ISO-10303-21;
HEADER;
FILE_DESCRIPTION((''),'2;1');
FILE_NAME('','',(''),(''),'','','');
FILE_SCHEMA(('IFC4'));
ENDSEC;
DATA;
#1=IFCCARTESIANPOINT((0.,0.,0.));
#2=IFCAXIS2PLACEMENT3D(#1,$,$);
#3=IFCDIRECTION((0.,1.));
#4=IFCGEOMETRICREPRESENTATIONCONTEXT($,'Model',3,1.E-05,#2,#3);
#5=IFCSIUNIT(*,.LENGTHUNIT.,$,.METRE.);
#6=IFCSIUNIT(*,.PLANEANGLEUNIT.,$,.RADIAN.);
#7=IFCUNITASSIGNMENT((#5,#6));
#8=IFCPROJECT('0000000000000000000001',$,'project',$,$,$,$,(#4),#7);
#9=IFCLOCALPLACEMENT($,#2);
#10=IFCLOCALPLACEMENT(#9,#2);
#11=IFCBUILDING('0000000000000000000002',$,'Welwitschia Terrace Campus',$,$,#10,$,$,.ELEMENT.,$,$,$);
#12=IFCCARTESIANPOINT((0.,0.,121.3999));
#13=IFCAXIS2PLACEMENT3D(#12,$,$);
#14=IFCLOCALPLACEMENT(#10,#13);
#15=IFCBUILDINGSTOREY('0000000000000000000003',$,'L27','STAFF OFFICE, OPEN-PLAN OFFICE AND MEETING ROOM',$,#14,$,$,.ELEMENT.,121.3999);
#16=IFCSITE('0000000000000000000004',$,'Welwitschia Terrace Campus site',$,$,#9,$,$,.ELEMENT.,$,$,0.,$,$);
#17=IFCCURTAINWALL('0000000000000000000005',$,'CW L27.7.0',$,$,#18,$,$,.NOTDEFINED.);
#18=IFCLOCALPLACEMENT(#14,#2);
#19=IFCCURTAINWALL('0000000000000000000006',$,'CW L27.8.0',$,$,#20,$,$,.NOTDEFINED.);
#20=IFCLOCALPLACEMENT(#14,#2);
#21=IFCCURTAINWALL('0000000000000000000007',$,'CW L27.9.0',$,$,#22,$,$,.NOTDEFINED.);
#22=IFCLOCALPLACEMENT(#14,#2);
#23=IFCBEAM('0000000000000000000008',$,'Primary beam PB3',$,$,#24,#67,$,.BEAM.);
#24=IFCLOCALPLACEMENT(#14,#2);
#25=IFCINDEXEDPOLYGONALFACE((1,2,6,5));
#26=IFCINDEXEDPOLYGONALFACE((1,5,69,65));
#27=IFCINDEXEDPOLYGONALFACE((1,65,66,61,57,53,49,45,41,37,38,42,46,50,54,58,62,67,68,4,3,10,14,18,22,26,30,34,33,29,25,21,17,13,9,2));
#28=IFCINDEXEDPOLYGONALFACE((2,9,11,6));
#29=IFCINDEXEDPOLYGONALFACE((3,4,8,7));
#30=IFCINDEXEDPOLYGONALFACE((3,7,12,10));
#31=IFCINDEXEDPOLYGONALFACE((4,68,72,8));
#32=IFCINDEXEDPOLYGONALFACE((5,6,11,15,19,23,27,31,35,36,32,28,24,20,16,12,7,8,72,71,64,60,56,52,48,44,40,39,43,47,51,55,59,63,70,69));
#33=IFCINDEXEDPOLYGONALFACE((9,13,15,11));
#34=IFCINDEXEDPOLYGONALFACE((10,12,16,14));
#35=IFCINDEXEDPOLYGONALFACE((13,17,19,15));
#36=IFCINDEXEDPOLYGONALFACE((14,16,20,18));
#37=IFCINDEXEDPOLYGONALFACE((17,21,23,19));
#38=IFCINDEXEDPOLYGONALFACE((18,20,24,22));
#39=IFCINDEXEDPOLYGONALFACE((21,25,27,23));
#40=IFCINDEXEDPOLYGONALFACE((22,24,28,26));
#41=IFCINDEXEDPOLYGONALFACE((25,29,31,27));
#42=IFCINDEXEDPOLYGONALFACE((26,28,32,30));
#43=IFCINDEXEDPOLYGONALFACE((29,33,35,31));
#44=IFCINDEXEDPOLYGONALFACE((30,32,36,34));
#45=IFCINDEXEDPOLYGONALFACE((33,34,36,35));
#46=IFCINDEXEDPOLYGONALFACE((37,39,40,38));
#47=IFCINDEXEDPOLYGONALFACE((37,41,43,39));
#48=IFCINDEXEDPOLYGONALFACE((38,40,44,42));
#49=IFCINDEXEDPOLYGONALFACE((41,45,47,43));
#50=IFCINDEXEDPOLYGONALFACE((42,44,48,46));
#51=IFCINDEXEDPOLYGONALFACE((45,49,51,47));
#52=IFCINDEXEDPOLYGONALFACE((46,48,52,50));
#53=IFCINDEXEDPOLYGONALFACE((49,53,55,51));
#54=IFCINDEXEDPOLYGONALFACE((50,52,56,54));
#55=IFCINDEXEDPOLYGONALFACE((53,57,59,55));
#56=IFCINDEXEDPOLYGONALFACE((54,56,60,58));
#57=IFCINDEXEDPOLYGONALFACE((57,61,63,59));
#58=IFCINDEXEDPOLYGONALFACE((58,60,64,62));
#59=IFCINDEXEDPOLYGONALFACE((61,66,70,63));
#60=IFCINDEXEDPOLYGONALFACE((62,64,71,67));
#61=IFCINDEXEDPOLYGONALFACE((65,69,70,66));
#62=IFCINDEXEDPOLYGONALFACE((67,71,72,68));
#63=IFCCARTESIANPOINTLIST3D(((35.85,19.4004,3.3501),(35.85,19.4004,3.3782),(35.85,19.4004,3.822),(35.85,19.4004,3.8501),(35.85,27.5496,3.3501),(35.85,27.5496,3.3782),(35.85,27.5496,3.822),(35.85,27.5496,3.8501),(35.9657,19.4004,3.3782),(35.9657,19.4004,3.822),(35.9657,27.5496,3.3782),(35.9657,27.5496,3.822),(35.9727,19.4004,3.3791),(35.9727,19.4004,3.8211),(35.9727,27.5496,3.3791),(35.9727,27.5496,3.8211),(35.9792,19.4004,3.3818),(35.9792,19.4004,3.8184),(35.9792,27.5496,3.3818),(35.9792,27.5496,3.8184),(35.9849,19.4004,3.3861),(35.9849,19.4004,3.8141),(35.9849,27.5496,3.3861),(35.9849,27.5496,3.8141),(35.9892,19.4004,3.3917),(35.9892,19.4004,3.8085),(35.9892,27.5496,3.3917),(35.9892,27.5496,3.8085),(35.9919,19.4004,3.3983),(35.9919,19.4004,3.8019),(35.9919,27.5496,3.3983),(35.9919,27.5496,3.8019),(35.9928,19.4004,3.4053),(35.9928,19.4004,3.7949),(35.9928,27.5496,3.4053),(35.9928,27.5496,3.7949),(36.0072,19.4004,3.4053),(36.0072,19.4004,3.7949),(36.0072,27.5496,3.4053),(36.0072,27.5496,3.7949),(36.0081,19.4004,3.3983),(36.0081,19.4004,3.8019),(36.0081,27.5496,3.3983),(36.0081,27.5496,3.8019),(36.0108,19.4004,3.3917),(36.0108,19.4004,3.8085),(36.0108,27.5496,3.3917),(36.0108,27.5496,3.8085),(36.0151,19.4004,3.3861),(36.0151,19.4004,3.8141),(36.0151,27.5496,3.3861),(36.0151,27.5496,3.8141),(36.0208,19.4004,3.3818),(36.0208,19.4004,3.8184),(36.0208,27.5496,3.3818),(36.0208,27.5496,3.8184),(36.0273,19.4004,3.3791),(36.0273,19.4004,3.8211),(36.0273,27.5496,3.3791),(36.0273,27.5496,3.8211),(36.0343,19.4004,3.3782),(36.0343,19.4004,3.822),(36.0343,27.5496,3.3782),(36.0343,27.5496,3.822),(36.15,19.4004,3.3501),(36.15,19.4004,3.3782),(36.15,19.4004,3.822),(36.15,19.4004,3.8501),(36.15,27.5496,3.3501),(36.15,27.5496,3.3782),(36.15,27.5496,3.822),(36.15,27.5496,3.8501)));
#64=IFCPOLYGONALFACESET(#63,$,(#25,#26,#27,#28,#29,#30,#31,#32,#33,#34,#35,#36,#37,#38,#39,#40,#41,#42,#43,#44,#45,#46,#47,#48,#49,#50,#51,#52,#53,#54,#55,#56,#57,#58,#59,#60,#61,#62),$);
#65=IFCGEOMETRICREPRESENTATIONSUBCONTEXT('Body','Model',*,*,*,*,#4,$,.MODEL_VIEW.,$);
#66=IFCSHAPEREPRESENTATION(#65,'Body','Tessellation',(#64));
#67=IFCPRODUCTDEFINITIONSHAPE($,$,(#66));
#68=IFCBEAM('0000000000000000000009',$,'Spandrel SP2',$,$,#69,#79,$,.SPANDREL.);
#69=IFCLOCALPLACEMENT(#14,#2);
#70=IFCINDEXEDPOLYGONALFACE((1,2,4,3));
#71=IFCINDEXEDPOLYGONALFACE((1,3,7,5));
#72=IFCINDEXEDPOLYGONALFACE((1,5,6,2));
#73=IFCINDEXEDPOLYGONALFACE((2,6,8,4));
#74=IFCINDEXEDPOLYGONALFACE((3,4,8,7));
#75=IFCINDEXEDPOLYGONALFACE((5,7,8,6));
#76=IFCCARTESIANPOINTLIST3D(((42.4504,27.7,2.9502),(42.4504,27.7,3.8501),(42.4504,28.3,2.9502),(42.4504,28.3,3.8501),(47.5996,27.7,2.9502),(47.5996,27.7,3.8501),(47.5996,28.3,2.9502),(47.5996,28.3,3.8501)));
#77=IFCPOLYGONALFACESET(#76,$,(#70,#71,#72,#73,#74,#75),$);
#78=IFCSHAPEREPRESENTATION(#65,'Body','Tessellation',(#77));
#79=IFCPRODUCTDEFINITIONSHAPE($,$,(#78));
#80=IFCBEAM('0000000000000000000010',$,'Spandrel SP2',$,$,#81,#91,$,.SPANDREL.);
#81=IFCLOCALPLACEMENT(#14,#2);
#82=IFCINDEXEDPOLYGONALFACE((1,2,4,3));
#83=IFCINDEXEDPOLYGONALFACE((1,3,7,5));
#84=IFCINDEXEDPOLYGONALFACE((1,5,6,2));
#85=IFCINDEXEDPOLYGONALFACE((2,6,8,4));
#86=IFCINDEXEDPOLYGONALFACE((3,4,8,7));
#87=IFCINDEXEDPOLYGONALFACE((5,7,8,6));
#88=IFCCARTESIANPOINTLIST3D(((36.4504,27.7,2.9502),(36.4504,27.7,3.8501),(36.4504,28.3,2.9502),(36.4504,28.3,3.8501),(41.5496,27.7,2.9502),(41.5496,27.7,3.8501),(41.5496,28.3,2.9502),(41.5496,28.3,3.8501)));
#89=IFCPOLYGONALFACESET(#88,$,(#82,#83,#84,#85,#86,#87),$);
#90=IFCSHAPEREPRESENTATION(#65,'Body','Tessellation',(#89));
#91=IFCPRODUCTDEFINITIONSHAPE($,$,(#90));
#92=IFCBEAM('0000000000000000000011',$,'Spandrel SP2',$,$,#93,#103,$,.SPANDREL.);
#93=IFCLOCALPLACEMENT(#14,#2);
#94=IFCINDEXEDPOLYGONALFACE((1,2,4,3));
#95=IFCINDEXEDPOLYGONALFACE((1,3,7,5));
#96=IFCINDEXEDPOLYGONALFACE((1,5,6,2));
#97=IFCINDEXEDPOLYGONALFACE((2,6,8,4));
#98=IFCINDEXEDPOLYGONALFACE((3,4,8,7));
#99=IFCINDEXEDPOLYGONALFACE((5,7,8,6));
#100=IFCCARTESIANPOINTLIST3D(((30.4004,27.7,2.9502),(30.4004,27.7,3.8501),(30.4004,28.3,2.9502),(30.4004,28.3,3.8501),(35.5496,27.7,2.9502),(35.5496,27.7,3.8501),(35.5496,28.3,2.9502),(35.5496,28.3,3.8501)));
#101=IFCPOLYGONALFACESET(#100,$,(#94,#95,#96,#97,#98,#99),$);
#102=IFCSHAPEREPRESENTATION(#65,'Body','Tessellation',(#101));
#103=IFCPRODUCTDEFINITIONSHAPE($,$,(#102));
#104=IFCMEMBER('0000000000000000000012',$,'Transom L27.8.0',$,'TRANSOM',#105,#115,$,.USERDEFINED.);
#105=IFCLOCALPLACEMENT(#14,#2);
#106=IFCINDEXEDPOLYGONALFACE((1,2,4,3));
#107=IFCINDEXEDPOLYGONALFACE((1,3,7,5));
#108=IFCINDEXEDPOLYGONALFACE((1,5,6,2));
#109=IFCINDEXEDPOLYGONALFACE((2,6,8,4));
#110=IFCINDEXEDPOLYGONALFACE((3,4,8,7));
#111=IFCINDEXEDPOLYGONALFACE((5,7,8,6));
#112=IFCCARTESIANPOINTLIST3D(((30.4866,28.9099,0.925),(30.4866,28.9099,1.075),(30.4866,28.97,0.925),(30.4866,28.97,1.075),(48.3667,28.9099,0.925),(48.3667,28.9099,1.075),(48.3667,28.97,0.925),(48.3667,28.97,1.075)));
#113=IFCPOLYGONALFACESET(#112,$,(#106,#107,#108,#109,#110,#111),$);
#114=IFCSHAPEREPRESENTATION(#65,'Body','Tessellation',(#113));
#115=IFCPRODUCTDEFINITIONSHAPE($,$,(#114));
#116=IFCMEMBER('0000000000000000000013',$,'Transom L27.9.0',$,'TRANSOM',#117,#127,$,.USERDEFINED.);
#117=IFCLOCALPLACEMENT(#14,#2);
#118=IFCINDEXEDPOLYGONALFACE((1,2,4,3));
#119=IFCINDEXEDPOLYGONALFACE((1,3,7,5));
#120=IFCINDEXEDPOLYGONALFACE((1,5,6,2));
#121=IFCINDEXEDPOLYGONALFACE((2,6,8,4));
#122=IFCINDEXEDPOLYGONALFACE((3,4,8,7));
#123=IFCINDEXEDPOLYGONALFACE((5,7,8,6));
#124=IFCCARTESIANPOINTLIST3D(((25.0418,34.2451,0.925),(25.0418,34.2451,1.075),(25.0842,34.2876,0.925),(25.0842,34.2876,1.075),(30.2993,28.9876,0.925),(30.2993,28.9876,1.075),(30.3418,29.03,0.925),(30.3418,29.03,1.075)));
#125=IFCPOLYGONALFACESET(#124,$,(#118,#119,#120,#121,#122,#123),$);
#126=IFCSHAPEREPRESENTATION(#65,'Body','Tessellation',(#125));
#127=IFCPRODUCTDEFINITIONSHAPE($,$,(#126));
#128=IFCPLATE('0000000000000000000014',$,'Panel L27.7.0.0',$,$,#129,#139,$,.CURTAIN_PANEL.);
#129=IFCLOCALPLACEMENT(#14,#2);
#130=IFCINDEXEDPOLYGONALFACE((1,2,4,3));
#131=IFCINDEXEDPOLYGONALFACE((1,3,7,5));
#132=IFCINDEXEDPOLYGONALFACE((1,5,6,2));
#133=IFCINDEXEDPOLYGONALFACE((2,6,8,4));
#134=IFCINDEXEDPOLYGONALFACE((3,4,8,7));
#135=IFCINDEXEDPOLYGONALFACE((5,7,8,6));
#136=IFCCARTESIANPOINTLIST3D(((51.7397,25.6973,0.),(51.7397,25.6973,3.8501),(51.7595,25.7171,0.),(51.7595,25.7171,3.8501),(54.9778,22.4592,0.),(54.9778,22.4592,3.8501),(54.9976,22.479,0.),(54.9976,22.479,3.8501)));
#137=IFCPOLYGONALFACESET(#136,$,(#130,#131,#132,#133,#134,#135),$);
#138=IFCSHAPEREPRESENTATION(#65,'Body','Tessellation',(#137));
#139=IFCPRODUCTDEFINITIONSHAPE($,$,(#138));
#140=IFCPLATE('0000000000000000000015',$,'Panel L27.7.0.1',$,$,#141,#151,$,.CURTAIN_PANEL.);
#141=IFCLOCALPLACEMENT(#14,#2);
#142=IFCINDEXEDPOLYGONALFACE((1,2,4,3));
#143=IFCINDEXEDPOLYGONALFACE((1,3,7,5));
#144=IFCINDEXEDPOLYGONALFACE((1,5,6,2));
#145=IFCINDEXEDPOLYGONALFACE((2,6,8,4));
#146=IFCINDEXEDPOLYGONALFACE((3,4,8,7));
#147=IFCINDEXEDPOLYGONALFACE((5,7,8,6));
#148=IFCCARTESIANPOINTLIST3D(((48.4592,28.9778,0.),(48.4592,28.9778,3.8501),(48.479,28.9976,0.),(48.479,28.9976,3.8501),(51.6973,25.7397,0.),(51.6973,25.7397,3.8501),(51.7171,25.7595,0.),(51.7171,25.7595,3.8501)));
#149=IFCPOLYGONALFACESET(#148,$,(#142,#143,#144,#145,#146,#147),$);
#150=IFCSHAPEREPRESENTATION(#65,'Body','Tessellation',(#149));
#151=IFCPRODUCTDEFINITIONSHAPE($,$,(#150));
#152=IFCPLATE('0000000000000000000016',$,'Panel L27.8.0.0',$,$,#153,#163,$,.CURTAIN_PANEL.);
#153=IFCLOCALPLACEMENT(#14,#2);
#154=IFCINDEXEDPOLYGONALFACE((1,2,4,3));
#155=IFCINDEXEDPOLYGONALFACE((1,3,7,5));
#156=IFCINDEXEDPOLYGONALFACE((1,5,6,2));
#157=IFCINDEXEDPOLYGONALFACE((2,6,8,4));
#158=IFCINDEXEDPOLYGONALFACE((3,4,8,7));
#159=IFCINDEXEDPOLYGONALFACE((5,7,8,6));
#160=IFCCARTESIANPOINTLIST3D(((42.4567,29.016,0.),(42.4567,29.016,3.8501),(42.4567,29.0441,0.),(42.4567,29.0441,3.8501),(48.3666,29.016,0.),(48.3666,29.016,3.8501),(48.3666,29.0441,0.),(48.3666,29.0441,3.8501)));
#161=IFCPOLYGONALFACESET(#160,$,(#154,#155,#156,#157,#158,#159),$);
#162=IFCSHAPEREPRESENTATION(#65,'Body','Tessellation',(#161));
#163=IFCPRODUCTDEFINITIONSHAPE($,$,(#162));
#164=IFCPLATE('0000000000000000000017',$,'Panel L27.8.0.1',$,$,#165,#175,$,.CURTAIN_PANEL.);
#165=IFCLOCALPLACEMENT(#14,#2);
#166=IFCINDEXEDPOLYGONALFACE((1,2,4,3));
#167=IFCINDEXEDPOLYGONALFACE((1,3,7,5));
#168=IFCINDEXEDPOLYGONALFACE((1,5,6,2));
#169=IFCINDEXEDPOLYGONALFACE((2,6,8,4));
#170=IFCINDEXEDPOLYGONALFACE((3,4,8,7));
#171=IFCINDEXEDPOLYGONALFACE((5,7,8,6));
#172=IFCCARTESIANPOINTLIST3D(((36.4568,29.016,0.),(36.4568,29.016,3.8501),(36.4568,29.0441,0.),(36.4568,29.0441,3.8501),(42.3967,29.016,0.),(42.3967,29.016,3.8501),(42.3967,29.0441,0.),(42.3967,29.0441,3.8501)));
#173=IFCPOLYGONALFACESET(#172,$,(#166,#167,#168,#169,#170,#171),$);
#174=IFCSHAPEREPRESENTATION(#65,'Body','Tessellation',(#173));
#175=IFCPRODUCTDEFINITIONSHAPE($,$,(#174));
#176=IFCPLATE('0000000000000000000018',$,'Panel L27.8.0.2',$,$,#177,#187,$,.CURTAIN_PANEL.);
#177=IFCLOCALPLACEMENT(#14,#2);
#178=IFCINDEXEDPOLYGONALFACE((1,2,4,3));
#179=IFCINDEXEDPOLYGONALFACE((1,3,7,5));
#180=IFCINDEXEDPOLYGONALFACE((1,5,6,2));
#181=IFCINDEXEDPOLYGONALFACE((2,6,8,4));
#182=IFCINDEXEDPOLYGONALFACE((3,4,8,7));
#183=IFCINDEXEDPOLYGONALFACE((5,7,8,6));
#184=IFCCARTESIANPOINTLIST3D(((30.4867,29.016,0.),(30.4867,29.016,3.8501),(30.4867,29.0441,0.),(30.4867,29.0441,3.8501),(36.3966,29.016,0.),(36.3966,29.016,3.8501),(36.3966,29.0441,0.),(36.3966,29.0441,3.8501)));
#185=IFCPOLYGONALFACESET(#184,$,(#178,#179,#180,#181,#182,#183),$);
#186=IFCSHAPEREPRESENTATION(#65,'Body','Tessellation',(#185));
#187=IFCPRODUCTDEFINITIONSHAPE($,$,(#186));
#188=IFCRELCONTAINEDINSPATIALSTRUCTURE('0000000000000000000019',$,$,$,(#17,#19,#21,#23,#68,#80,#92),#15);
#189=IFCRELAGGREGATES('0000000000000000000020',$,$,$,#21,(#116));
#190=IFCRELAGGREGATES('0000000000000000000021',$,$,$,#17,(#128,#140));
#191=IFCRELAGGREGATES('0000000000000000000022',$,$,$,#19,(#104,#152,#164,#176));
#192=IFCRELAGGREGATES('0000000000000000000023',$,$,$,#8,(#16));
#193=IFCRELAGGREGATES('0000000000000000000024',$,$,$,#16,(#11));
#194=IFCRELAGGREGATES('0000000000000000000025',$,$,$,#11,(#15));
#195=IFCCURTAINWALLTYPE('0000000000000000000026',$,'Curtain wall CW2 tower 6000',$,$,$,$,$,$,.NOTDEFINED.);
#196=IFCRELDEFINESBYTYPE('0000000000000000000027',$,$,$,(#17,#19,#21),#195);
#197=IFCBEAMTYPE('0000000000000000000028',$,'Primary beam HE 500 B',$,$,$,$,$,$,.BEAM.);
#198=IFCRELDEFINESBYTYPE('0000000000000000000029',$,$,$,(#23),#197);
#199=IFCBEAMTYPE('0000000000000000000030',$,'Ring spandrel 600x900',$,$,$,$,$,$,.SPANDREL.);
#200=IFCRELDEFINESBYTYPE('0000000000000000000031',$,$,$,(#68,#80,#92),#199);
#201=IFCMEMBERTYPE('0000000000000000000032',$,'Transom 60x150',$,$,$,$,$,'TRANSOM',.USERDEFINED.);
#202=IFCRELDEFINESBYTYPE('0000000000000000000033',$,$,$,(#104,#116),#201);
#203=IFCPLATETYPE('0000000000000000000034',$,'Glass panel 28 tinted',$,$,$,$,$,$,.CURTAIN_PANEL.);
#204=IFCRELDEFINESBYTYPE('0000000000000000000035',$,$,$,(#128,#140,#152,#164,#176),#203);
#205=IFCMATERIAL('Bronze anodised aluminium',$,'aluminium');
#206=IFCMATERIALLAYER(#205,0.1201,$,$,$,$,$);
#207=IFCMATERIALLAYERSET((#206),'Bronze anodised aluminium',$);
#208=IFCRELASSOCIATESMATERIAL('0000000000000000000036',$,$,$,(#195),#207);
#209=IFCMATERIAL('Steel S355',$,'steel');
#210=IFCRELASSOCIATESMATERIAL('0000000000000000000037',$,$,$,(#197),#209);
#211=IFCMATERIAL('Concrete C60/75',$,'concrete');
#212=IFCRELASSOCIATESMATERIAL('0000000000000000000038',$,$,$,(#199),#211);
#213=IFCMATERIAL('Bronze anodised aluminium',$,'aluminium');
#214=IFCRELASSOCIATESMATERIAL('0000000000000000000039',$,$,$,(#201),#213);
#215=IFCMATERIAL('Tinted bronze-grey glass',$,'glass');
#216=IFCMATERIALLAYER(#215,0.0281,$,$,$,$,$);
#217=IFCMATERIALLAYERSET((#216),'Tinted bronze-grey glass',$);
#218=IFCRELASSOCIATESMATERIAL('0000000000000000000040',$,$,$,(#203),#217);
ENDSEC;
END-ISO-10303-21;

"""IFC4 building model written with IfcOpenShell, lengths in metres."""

from ifc_helpers import new_model, si_unit, direction, frame, origin, origin_2d, place, context, subcontext, project, spatial, rectangle, i_section, extrude, material, layer, layer_set, material_profile, profile_set, type_object, element, aggregate, save


model = new_model("IFC4")

# Units and contexts
model_context = context("Model", 3, precision=1e-05, world=origin(), true_north=direction((0.0, 1.0)))
body_context = subcontext(model_context, "Body", "Model", "MODEL_VIEW")
ifc_project = project(units=[si_unit("LENGTHUNIT", "METRE"), si_unit("PLANEANGLEUNIT", "RADIAN")], contexts=[model_context])

# Site, building, storey
site_placement = place(None, origin())
site = spatial("IfcSite", under=ifc_project, at=site_placement, Name="Welwitschia Terrace Campus site", CompositionType="ELEMENT", RefElevation=0.0)
building_placement = place(site_placement, origin())
building = spatial("IfcBuilding", under=site, at=building_placement, Name="Welwitschia Terrace Campus", CompositionType="ELEMENT")
storey_placement = place(building_placement, frame((0.0, 0.0, 121.3999)))
storey = spatial("IfcBuildingStorey", under=building, at=storey_placement, Name="L27", Description="STAFF OFFICE, OPEN-PLAN OFFICE AND MEETING ROOM", CompositionType="ELEMENT", Elevation=121.3999)

# Curtain walls
ifc_material_1 = material(Name="Bronze anodised aluminium", Category="aluminium")
ifc_layer_1 = layer(ifc_material_1, 0.1201)
ifc_layer_set_1 = layer_set([ifc_layer_1], Name="Bronze anodised aluminium")
curtain_wall_type = type_object("IfcCurtainWallType", Name="Curtain wall CW2 tower 6000", PredefinedType="NOTDEFINED", material=ifc_layer_set_1)
curtain_wall_1_placement = place(storey_placement, origin())
curtain_wall_1 = element("IfcCurtainWall", 1, at=curtain_wall_1_placement, inside=storey, type_object=curtain_wall_type, Name="CW L27.7.0", PredefinedType="NOTDEFINED")
curtain_wall_2_placement = place(storey_placement, origin())
curtain_wall_2 = element("IfcCurtainWall", 2, at=curtain_wall_2_placement, inside=storey, type_object=curtain_wall_type, Name="CW L27.8.0", PredefinedType="NOTDEFINED")

# Curtain wall
curtain_wall_3_placement = place(storey_placement, origin())
curtain_wall_3 = element("IfcCurtainWall", 3, at=curtain_wall_3_placement, inside=storey, type_object=curtain_wall_type, Name="CW L27.9.0", PredefinedType="NOTDEFINED")

# Beams
ifc_material_2 = material(Name="Steel S355", Category="steel")
ifc_material_profile_1 = material_profile(ifc_material_2, i_section(OverallWidth=0.3, OverallDepth=0.5, WebThickness=0.0144, FlangeThickness=0.0281, FilletRadius=0.0271, at=origin_2d()))
ifc_profile_set_1 = profile_set([ifc_material_profile_1], Name="Steel S355")
beam_type_1 = type_object("IfcBeamType", Name="Primary beam HE 500 B", PredefinedType="BEAM", material=ifc_profile_set_1)
beam_1_placement = place(storey_placement, frame((36.0, 27.5496, 3.6001), z_axis=(0.0, -1.0, 0.0), x_axis=(1.0, 0.0, 0.0)))
element("IfcBeam", 4, at=beam_1_placement, inside=storey, type_object=beam_type_1, Name="Primary beam PB3", PredefinedType="BEAM", context=body_context, shape_type="SweptSolid", body=[
    extrude(i_section(OverallWidth=0.3, OverallDepth=0.5, WebThickness=0.0144, FlangeThickness=0.0281, FilletRadius=0.0271, at=origin_2d()), origin(), (0.0, 0.0, 1.0), 8.1492),
])
ifc_material_3 = material(Name="Concrete C60/75", Category="concrete")
ifc_material_profile_2 = material_profile(ifc_material_3, rectangle(XDim=0.6001, YDim=0.8999, at=origin_2d()))
ifc_profile_set_2 = profile_set([ifc_material_profile_2], Name="Concrete C60/75")
beam_type_2 = type_object("IfcBeamType", Name="Ring spandrel 600x900", PredefinedType="SPANDREL", material=ifc_profile_set_2)
beam_2_placement = place(storey_placement, frame((47.5996, 28.0, 3.4001), z_axis=(-1.0, 0.0, 0.0), x_axis=(0.0, -1.0, 0.0)))
element("IfcBeam", 5, at=beam_2_placement, inside=storey, type_object=beam_type_2, Name="Spandrel SP2", PredefinedType="SPANDREL", context=body_context, shape_type="SweptSolid", body=[
    extrude(rectangle(XDim=0.6001, YDim=0.8999, at=origin_2d()), origin(), (0.0, 0.0, 1.0), 5.1492),
])
beam_3_placement = place(storey_placement, frame((41.5496, 28.0, 3.4001), z_axis=(-1.0, 0.0, 0.0), x_axis=(0.0, -1.0, 0.0)))
element("IfcBeam", 6, at=beam_3_placement, inside=storey, type_object=beam_type_2, Name="Spandrel SP2", PredefinedType="SPANDREL", context=body_context, shape_type="SweptSolid", body=[
    extrude(rectangle(XDim=0.6001, YDim=0.8999, at=origin_2d()), origin(), (0.0, 0.0, 1.0), 5.0991),
])
beam_4_placement = place(storey_placement, frame((35.5496, 28.0, 3.4001), z_axis=(-1.0, 0.0, 0.0), x_axis=(0.0, -1.0, 0.0)))
element("IfcBeam", 7, at=beam_4_placement, inside=storey, type_object=beam_type_2, Name="Spandrel SP2", PredefinedType="SPANDREL", context=body_context, shape_type="SweptSolid", body=[
    extrude(rectangle(XDim=0.6001, YDim=0.8999, at=origin_2d()), origin(), (0.0, 0.0, 1.0), 5.1492),
])

# Members
ifc_material_4 = material(Name="Bronze anodised aluminium", Category="aluminium")
ifc_material_profile_3 = material_profile(ifc_material_4, rectangle(XDim=0.0601, YDim=0.1499, at=origin_2d()))
ifc_profile_set_3 = profile_set([ifc_material_profile_3], Name="Bronze anodised aluminium")
member_type_1 = type_object("IfcMemberType", Name="Transom 60x150", ElementType="TRANSOM", PredefinedType="USERDEFINED", material=ifc_profile_set_3)
member_1_placement = place(storey_placement, frame((48.3667, 28.9399, 1.0), z_axis=(-1.0, 0.0, 0.0), x_axis=(0.0, -1.0, 0.0)))
member_1 = element("IfcMember", 8, at=member_1_placement, type_object=member_type_1, Name="Transom L27.8.0", ObjectType="TRANSOM", PredefinedType="USERDEFINED", context=body_context, shape_type="SweptSolid", body=[
    extrude(rectangle(XDim=0.0601, YDim=0.1499, at=origin_2d()), origin(), (0.0, 0.0, 1.0), 17.8801),
])
member_2_placement = place(storey_placement, frame((30.3206, 29.0088, 1.0), z_axis=(-0.707107, 0.707107, 0.0), x_axis=(-0.707107, -0.707107, 0.0)))
member_2 = element("IfcMember", 9, at=member_2_placement, type_object=member_type_1, Name="Transom L27.9.0", ObjectType="TRANSOM", PredefinedType="USERDEFINED", context=body_context, shape_type="SweptSolid", body=[
    extrude(rectangle(XDim=0.0601, YDim=0.1499, at=origin_2d()), origin(), (0.0, 0.0, 1.0), 7.4353),
])
aggregate(curtain_wall_3, [member_2])

# Plates
ifc_material_5 = material(Name="Tinted bronze-grey glass", Category="glass")
ifc_layer_2 = layer(ifc_material_5, 0.0281)
ifc_layer_set_2 = layer_set([ifc_layer_2], Name="Tinted bronze-grey glass")
plate_type = type_object("IfcPlateType", Name="Glass panel 28 tinted", PredefinedType="CURTAIN_PANEL", material=ifc_layer_set_2)
plate_1_placement = place(storey_placement, frame((53.3687, 24.0881, 0.0), z_axis=(0.0, 0.0, 1.0), x_axis=(-0.707107, 0.707107, 0.0)))
plate_1 = element("IfcPlate", 10, at=plate_1_placement, type_object=plate_type, Name="Panel L27.7.0.0", PredefinedType="CURTAIN_PANEL", context=body_context, shape_type="SweptSolid", body=[
    extrude(rectangle(XDim=4.5793, YDim=0.0281, at=origin_2d()), origin(), (0.0, 0.0, 1.0), 3.8501),
])
plate_2_placement = place(storey_placement, frame((50.0881, 27.3687, 0.0), z_axis=(0.0, 0.0, 1.0), x_axis=(-0.707107, 0.707107, 0.0)))
plate_2 = element("IfcPlate", 11, at=plate_2_placement, type_object=plate_type, Name="Panel L27.7.0.1", PredefinedType="CURTAIN_PANEL", context=body_context, shape_type="SweptSolid", body=[
    extrude(rectangle(XDim=4.5793, YDim=0.0281, at=origin_2d()), origin(), (0.0, 0.0, 1.0), 3.8501),
])
aggregate(curtain_wall_1, [plate_1, plate_2])
plate_3_placement = place(storey_placement, frame((45.4116, 29.03, 0.0), z_axis=(0.0, 0.0, 1.0), x_axis=(-1.0, 0.0, 0.0)))
plate_3 = element("IfcPlate", 12, at=plate_3_placement, type_object=plate_type, Name="Panel L27.8.0.0", PredefinedType="CURTAIN_PANEL", context=body_context, shape_type="SweptSolid", body=[
    extrude(rectangle(XDim=5.9099, YDim=0.0281, at=origin_2d()), origin(), (0.0, 0.0, 1.0), 3.8501),
])
plate_4_placement = place(storey_placement, frame((39.4268, 29.03, 0.0), z_axis=(0.0, 0.0, 1.0), x_axis=(-1.0, 0.0, 0.0)))
plate_4 = element("IfcPlate", 13, at=plate_4_placement, type_object=plate_type, Name="Panel L27.8.0.1", PredefinedType="CURTAIN_PANEL", context=body_context, shape_type="SweptSolid", body=[
    extrude(rectangle(XDim=5.9399, YDim=0.0281, at=origin_2d()), origin(), (0.0, 0.0, 1.0), 3.8501),
])
plate_5_placement = place(storey_placement, frame((33.4417, 29.03, 0.0), z_axis=(0.0, 0.0, 1.0), x_axis=(-1.0, 0.0, 0.0)))
plate_5 = element("IfcPlate", 14, at=plate_5_placement, type_object=plate_type, Name="Panel L27.8.0.2", PredefinedType="CURTAIN_PANEL", context=body_context, shape_type="SweptSolid", body=[
    extrude(rectangle(XDim=5.9099, YDim=0.0281, at=origin_2d()), origin(), (0.0, 0.0, 1.0), 3.8501),
])
aggregate(curtain_wall_2, [member_1, plate_3, plate_4, plate_5])

save(model, "model.ifc")
